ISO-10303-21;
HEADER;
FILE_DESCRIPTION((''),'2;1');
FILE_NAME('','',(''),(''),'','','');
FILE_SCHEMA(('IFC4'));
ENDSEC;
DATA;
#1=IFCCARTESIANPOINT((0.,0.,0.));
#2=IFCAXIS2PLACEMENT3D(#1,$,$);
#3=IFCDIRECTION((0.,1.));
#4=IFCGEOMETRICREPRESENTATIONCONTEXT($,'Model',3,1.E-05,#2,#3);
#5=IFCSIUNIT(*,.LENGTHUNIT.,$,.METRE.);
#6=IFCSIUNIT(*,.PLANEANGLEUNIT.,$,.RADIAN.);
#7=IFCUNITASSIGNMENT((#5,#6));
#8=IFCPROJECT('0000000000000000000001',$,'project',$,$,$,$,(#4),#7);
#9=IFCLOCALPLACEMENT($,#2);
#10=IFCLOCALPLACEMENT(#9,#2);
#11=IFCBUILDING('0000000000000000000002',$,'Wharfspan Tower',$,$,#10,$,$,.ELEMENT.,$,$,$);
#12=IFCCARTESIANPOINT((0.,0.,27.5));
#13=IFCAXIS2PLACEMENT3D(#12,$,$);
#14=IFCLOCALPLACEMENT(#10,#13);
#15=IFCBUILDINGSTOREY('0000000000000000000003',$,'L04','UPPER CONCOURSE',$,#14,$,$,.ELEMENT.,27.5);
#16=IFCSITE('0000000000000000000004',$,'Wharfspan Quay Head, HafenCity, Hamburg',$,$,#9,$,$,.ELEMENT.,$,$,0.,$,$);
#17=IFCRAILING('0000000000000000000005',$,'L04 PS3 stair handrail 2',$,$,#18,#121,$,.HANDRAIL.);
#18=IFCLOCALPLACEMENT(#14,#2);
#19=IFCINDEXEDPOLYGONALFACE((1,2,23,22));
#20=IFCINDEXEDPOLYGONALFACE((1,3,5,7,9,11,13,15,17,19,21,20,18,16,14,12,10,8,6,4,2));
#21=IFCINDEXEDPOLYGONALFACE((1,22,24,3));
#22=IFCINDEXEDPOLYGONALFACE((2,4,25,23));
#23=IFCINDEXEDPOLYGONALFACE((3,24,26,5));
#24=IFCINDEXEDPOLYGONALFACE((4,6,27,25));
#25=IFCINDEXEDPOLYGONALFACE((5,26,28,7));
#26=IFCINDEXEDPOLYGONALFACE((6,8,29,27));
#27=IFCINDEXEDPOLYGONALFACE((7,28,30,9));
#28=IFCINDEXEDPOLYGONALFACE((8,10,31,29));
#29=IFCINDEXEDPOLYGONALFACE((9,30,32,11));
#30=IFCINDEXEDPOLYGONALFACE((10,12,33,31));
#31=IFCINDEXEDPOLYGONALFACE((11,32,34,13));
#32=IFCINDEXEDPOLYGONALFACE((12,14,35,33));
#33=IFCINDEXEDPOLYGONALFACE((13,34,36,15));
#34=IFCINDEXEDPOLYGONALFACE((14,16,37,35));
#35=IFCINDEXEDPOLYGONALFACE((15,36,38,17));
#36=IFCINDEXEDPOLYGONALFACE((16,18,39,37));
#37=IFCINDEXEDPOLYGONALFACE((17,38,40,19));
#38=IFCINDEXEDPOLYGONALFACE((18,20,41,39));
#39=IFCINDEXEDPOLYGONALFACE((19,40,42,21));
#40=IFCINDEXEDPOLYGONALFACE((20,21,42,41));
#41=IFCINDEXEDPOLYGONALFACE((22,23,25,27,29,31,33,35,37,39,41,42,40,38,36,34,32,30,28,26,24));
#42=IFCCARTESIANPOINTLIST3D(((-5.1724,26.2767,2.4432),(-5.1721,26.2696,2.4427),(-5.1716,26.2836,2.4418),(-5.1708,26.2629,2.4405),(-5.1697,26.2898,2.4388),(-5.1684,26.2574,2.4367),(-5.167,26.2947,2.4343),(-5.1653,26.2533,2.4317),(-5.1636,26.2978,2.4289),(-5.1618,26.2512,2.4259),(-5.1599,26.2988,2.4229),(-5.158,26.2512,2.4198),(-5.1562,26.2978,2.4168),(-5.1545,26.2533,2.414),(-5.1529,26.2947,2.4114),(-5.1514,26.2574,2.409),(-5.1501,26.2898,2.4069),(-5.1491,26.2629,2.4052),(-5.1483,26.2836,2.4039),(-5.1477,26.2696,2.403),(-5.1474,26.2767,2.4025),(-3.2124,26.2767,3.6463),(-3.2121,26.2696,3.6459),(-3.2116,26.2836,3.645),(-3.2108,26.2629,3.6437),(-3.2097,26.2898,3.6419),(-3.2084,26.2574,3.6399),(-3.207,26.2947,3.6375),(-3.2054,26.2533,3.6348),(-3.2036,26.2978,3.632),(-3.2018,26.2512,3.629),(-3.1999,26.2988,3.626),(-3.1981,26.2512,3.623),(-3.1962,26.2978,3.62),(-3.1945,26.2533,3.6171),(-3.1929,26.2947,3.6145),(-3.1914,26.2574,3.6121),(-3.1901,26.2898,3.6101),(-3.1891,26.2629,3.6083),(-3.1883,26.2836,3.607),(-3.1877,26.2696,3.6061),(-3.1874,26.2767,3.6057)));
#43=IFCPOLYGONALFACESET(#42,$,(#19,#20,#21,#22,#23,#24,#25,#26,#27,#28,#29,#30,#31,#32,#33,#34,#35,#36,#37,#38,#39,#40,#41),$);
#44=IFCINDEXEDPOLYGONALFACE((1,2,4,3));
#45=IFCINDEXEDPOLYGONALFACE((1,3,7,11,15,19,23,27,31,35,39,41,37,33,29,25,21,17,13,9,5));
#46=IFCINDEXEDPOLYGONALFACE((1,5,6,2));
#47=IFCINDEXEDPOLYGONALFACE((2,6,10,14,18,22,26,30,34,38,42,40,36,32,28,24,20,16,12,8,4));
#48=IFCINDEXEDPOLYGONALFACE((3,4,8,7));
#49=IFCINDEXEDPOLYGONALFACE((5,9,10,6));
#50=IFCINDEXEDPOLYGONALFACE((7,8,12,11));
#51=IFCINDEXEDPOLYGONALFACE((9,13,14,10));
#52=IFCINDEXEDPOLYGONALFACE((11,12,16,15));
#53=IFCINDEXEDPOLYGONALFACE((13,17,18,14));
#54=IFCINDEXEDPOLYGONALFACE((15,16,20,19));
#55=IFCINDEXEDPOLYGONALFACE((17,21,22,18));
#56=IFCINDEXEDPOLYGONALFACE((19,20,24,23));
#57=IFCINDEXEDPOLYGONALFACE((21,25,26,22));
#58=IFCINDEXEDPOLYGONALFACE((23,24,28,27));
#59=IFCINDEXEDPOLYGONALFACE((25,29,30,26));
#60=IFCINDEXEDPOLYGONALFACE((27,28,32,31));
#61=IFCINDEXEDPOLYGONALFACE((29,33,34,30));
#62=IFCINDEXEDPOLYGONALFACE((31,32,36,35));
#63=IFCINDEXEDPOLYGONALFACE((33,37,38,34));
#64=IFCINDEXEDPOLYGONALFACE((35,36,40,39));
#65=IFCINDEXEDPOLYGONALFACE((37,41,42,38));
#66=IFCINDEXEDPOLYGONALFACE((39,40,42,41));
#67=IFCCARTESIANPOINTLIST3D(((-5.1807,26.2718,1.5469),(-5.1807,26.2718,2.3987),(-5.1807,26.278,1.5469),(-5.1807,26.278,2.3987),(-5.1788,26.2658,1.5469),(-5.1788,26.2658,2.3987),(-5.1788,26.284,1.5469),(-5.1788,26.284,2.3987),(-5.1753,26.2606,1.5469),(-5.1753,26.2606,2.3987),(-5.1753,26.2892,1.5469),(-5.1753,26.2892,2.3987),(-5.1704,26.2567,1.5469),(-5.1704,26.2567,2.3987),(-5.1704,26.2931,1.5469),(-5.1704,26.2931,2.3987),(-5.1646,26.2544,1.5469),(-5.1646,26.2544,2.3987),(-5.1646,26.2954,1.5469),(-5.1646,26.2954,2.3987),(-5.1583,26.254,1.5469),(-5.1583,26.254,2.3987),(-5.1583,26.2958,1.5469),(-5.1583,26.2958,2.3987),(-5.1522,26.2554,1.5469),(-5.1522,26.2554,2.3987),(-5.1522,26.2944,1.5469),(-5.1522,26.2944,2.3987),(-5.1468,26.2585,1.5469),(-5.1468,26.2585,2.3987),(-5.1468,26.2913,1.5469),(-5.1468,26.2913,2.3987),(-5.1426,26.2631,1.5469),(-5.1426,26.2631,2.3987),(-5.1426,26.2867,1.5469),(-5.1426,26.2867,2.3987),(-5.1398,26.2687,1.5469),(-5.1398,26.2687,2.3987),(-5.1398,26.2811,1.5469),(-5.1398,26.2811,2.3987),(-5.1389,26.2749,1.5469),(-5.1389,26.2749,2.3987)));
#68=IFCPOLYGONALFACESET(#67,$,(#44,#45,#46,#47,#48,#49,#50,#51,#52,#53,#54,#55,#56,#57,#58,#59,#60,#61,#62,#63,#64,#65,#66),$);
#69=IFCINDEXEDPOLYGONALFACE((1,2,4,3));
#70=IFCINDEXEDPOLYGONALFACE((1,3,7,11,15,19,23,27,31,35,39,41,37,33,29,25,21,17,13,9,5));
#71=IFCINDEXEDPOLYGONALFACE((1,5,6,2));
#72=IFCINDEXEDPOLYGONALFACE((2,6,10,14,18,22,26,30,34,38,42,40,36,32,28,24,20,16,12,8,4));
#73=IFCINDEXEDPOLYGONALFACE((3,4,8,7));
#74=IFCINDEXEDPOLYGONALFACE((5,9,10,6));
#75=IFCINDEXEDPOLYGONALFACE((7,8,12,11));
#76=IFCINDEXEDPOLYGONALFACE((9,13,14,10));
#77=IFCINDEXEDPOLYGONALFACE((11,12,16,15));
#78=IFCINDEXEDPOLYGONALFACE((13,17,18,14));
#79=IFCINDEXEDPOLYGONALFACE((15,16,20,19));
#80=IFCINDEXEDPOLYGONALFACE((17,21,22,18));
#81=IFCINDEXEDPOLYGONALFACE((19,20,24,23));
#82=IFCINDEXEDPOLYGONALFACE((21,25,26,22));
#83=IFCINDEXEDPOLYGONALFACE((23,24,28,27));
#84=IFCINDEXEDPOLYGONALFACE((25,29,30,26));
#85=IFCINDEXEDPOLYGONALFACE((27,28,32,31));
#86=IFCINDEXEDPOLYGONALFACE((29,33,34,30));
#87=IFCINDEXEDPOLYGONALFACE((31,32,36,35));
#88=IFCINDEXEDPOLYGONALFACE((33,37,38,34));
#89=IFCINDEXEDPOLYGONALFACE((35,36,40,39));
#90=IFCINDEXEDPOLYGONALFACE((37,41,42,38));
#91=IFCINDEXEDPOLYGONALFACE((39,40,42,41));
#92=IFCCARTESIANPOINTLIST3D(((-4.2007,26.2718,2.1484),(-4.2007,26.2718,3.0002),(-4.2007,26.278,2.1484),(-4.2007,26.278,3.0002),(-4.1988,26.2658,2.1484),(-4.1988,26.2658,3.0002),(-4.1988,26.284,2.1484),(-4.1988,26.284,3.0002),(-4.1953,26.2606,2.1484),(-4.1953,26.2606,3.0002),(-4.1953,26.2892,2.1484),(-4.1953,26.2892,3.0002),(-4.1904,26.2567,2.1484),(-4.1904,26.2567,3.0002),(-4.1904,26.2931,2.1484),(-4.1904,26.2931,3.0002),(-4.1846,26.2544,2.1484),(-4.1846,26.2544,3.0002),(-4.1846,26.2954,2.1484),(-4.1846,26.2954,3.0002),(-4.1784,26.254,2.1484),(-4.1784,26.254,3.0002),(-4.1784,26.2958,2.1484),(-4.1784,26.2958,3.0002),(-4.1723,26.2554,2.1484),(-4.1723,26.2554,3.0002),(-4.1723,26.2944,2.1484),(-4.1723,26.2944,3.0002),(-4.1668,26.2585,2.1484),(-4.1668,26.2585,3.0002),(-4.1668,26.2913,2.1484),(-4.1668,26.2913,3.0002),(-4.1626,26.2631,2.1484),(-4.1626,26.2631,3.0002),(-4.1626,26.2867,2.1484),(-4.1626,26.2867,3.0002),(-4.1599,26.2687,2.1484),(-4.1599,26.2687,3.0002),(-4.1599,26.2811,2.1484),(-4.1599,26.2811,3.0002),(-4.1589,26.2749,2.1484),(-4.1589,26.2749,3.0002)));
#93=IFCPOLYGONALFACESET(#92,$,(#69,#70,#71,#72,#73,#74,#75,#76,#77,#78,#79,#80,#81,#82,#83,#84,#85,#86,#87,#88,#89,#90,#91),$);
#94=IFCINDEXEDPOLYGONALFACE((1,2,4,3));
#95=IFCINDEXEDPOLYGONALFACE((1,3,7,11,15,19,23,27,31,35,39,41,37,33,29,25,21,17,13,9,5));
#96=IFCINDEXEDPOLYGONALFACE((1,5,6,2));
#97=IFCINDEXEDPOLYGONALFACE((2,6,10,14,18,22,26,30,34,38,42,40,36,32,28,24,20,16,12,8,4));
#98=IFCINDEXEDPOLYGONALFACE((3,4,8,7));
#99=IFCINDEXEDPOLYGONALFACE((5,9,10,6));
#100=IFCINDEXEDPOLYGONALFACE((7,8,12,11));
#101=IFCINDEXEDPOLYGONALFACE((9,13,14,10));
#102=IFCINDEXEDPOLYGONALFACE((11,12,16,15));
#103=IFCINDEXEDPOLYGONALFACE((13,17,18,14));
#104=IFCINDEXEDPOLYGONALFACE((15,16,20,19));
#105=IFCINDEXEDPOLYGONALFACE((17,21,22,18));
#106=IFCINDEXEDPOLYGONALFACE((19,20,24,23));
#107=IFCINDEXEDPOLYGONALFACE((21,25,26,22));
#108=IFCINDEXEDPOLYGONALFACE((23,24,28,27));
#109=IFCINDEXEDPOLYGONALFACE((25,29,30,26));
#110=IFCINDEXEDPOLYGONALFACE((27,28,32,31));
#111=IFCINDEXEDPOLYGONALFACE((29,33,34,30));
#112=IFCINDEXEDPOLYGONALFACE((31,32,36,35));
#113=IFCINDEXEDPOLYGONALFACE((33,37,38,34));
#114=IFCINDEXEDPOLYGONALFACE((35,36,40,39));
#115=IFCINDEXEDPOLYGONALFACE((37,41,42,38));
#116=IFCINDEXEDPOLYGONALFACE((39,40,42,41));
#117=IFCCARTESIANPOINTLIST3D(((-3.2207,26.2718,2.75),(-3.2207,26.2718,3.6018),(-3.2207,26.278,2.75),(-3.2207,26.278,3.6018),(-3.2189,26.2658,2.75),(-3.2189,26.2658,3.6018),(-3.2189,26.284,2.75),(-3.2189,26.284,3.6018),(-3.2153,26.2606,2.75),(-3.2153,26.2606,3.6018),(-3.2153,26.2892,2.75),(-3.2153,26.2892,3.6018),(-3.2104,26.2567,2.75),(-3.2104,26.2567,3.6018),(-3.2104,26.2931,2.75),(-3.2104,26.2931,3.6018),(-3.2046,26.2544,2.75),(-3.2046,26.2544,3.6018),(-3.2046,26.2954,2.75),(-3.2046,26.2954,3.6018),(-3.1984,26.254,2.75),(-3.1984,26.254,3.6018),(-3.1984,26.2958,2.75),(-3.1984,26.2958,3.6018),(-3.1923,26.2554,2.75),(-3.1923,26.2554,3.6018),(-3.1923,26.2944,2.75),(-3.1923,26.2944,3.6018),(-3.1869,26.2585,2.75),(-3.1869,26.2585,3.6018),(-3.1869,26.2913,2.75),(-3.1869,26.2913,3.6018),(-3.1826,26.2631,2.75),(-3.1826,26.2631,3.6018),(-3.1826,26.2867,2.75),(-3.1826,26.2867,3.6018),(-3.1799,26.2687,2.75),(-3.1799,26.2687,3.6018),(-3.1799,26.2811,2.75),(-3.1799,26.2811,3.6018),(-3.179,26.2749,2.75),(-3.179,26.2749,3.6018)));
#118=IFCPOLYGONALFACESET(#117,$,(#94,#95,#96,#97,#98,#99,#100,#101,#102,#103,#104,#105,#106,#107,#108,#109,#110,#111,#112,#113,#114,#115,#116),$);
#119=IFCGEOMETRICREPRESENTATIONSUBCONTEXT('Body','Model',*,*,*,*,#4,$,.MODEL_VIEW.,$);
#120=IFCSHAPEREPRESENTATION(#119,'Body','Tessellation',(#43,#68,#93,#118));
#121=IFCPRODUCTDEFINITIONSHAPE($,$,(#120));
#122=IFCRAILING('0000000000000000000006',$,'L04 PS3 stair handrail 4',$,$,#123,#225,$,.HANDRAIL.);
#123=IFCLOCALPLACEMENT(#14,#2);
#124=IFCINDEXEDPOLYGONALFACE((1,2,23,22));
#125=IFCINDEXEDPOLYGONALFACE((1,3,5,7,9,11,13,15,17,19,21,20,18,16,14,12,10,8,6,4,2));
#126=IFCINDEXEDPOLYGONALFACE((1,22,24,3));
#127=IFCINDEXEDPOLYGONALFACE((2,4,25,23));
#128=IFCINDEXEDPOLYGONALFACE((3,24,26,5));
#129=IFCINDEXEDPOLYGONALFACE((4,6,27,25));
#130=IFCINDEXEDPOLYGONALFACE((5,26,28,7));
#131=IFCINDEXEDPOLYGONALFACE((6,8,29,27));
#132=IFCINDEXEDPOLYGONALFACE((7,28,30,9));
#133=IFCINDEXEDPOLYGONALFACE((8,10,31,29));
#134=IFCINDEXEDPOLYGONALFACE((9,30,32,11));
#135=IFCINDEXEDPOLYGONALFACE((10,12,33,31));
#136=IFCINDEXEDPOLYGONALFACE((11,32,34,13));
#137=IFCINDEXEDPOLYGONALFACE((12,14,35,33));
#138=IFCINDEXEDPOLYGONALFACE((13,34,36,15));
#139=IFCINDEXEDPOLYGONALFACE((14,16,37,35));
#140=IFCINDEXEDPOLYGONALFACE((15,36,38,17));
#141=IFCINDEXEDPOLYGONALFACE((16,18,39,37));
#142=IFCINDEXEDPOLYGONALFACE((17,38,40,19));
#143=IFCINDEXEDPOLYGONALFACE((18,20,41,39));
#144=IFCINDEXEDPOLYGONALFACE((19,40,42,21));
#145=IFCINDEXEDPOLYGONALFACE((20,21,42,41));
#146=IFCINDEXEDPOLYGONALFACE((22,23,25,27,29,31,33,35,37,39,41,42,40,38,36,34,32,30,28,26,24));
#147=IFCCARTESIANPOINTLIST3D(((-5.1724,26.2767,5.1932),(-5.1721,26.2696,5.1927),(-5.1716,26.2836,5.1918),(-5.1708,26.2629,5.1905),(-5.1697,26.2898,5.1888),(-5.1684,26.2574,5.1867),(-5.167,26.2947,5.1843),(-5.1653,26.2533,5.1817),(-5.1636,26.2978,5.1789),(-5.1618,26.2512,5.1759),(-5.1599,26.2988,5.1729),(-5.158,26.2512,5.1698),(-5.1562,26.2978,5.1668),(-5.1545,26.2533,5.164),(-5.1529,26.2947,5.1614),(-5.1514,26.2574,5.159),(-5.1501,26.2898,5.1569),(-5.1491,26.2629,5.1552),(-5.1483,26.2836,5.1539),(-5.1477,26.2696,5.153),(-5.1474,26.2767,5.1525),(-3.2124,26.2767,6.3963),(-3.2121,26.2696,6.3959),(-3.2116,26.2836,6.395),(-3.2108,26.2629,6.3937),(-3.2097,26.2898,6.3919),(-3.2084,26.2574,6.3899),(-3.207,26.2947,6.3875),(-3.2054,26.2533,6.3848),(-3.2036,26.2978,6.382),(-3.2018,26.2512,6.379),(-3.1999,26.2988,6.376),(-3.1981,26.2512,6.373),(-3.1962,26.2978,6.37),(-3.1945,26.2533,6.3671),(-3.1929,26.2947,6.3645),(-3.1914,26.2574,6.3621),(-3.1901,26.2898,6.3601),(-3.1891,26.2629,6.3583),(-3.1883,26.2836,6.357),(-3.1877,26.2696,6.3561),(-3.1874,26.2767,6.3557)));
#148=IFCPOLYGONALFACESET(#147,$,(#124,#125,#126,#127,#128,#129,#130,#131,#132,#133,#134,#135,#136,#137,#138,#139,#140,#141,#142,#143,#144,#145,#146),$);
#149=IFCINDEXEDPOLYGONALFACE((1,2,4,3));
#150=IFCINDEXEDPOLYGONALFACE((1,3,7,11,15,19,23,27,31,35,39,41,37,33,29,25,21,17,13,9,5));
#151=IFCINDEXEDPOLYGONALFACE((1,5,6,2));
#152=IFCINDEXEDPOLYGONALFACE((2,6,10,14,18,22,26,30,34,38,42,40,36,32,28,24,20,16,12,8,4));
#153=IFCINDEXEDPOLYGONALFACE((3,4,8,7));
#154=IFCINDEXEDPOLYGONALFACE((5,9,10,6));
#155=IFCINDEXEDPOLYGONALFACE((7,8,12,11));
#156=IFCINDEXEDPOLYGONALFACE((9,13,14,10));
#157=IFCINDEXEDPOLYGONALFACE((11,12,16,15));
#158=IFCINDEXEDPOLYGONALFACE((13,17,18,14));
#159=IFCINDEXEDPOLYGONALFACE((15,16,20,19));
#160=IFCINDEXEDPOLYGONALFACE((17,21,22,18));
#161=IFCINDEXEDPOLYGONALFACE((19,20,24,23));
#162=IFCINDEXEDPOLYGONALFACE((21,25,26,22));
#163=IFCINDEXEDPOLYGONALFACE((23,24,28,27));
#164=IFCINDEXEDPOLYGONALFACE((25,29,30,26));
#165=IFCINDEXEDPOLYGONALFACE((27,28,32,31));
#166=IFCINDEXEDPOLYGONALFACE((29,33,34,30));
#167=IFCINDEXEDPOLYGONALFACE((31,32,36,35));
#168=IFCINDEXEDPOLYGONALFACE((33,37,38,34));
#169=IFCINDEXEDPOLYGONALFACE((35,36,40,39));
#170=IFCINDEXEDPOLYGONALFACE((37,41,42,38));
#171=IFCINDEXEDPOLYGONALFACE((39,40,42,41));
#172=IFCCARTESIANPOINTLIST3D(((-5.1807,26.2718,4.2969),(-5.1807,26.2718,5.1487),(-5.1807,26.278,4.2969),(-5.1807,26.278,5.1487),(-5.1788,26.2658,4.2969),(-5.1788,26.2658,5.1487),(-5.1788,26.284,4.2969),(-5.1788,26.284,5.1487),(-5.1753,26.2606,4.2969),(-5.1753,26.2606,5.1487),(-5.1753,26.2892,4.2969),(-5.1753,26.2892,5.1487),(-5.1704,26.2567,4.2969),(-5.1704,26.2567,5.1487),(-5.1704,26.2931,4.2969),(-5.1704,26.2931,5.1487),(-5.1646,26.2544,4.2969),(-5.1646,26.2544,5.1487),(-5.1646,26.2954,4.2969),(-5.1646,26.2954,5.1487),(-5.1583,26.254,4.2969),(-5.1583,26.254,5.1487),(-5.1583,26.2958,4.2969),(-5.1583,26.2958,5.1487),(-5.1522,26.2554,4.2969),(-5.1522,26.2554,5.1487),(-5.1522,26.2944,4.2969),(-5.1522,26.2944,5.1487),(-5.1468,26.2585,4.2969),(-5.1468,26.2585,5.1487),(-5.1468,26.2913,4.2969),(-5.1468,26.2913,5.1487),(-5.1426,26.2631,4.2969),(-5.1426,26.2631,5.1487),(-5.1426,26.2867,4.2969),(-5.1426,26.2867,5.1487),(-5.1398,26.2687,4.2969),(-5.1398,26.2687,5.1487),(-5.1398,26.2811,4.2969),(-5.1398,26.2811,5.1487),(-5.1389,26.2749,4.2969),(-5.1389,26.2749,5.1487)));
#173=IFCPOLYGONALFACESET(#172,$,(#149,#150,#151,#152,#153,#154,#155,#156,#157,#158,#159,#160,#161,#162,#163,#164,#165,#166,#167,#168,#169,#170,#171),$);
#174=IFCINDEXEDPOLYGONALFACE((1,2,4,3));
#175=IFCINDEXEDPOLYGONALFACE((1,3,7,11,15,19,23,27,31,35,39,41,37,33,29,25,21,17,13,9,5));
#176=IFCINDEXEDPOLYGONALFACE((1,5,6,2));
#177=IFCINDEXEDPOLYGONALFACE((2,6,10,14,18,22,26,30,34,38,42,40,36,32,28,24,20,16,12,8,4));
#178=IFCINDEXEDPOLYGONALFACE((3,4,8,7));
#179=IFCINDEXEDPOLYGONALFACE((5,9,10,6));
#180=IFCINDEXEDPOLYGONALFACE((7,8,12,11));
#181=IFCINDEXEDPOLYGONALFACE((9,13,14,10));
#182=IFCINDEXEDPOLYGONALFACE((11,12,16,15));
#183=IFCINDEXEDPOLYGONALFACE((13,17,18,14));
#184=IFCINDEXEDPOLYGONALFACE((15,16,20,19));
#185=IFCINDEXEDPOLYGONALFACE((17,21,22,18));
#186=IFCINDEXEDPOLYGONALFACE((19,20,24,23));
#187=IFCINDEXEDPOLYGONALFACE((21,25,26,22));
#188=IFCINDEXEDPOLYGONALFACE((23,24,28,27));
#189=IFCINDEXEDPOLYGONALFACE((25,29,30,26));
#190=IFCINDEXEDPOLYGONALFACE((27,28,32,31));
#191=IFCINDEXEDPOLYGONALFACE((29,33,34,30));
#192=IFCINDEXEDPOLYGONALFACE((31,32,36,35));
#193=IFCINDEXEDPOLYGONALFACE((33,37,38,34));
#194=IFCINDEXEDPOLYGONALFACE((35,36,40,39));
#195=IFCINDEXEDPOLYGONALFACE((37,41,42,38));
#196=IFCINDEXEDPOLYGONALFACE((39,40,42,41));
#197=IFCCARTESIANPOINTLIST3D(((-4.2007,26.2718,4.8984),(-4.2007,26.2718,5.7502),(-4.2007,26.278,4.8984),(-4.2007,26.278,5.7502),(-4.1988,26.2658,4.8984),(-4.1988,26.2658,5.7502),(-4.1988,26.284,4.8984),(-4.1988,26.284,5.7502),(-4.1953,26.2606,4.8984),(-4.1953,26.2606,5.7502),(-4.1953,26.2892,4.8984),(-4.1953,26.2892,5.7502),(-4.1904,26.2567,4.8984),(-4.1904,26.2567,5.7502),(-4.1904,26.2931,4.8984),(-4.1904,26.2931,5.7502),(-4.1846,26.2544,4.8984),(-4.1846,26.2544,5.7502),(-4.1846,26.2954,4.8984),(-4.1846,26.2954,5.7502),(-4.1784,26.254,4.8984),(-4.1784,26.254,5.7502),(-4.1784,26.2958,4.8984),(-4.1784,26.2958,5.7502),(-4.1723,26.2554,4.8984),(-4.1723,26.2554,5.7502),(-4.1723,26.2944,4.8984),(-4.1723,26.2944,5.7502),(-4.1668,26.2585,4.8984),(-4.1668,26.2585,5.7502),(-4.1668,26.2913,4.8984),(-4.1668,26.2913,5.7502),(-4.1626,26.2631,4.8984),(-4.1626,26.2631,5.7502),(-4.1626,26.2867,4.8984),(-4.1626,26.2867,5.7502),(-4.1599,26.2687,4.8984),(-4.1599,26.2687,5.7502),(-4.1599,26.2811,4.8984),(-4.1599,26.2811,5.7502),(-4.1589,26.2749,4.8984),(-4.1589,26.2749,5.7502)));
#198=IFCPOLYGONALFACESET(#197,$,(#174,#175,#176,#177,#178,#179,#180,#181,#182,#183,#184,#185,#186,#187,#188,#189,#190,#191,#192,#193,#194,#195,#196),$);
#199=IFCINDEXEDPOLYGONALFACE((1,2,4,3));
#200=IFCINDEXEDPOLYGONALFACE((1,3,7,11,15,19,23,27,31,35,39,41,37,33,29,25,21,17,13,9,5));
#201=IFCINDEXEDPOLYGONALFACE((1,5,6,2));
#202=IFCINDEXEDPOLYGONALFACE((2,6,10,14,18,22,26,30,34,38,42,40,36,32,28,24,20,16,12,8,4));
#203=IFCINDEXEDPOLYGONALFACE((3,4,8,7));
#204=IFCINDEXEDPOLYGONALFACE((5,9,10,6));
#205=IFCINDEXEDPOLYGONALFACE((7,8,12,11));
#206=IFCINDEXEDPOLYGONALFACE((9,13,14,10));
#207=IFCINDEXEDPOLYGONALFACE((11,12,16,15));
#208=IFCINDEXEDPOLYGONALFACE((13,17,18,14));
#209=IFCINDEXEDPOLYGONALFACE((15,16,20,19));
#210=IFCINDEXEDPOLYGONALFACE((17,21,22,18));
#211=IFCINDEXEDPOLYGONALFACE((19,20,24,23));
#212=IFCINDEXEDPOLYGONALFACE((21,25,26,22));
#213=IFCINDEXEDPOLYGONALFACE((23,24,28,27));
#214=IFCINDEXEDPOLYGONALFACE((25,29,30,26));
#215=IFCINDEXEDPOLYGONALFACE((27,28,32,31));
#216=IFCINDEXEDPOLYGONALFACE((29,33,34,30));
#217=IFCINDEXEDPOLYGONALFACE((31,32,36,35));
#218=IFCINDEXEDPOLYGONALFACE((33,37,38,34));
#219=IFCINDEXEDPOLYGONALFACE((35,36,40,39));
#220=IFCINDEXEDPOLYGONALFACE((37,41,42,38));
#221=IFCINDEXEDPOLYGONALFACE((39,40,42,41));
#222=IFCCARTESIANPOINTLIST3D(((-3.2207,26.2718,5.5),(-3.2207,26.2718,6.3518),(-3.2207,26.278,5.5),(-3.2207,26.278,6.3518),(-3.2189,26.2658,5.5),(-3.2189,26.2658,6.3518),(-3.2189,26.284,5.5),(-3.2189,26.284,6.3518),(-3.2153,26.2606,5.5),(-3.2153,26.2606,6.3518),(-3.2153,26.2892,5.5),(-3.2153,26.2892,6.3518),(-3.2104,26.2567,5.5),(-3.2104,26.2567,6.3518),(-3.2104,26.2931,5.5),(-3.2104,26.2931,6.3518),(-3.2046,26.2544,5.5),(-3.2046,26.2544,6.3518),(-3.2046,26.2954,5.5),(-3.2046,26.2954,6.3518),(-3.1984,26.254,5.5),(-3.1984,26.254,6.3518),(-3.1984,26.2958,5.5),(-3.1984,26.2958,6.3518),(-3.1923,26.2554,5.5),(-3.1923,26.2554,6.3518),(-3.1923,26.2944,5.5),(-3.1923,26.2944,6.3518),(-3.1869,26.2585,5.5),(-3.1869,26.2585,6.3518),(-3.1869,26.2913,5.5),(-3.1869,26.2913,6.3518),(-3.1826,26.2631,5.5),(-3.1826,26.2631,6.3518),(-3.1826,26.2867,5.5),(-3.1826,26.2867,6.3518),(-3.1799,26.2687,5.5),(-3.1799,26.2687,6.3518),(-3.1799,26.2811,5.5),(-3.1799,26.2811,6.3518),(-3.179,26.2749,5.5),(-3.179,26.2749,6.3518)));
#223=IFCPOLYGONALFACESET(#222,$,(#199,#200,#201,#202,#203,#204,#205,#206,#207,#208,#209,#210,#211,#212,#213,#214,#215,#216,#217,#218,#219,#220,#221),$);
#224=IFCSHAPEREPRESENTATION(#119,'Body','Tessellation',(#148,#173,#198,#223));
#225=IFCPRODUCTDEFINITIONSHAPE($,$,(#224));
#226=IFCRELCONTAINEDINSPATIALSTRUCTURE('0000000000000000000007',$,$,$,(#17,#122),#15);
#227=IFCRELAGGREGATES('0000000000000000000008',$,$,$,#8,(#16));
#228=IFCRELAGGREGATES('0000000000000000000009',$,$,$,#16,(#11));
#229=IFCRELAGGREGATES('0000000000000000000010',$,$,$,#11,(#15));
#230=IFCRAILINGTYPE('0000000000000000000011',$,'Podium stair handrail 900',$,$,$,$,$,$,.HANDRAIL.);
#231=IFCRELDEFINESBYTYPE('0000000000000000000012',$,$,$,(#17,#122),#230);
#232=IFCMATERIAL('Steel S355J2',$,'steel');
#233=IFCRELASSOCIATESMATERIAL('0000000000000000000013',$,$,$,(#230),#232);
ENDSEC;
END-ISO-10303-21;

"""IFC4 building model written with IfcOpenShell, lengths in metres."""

from ifc_helpers import new_model, si_unit, direction, frame, origin, origin_2d, place, context, subcontext, project, spatial, circle, extrude, material, type_object, element, save


model = new_model("IFC4")

# Units and contexts
model_context = context("Model", 3, precision=1e-05, world=origin(), true_north=direction((0.0, 1.0)))
body_context = subcontext(model_context, "Body", "Model", "MODEL_VIEW")
ifc_project = project(units=[si_unit("LENGTHUNIT", "METRE"), si_unit("PLANEANGLEUNIT", "RADIAN")], contexts=[model_context])

# Site, building, storey
site_placement = place(None, origin())
site = spatial("IfcSite", under=ifc_project, at=site_placement, Name="Wharfspan Quay Head, HafenCity, Hamburg", CompositionType="ELEMENT", RefElevation=0.0)
building_placement = place(site_placement, origin())
building = spatial("IfcBuilding", under=site, at=building_placement, Name="Wharfspan Tower", CompositionType="ELEMENT")
storey_placement = place(building_placement, frame((0.0, 0.0, 27.5)))
storey = spatial("IfcBuildingStorey", under=building, at=storey_placement, Name="L04", Description="UPPER CONCOURSE", CompositionType="ELEMENT", Elevation=27.5)

# Railings
ifc_material_1 = material(Name="Steel S355J2", Category="steel")
railing_type_1 = type_object("IfcRailingType", Name="Podium stair handrail 900", PredefinedType="HANDRAIL", material=ifc_material_1)
for number, where, name in (
    (1, (-5.1599, 26.2749, 1.5469), "L04 PS3 stair handrail 2"),
    (2, (-5.1599, 26.2749, 4.2969), "L04 PS3 stair handrail 4"),
):
    element("IfcRailing", number, at=place(storey_placement, frame(where)), inside=storey, type_object=railing_type_1, Name=name, PredefinedType="HANDRAIL", context=body_context, shape_type="SweptSolid", body=[
        extrude(circle(Radius=0.0239, at=origin_2d()), frame((0.0, 0.0, 0.876), z_axis=(0.852241, 0.0, 0.523149), x_axis=(0.0, 1.0, 0.0)), (0.0, 0.0, 1.0), 2.2998),
        extrude(circle(Radius=0.021, at=origin_2d()), origin(), (0.0, 0.0, 1.0), 0.8518),
        extrude(circle(Radius=0.021, at=origin_2d()), frame((0.98, 0.0, 0.6016)), (0.0, 0.0, 1.0), 0.8518),
        extrude(circle(Radius=0.021, at=origin_2d()), frame((1.96, 0.0, 1.2031)), (0.0, 0.0, 1.0), 0.8518),
    ])

save(model, "model.ifc")
